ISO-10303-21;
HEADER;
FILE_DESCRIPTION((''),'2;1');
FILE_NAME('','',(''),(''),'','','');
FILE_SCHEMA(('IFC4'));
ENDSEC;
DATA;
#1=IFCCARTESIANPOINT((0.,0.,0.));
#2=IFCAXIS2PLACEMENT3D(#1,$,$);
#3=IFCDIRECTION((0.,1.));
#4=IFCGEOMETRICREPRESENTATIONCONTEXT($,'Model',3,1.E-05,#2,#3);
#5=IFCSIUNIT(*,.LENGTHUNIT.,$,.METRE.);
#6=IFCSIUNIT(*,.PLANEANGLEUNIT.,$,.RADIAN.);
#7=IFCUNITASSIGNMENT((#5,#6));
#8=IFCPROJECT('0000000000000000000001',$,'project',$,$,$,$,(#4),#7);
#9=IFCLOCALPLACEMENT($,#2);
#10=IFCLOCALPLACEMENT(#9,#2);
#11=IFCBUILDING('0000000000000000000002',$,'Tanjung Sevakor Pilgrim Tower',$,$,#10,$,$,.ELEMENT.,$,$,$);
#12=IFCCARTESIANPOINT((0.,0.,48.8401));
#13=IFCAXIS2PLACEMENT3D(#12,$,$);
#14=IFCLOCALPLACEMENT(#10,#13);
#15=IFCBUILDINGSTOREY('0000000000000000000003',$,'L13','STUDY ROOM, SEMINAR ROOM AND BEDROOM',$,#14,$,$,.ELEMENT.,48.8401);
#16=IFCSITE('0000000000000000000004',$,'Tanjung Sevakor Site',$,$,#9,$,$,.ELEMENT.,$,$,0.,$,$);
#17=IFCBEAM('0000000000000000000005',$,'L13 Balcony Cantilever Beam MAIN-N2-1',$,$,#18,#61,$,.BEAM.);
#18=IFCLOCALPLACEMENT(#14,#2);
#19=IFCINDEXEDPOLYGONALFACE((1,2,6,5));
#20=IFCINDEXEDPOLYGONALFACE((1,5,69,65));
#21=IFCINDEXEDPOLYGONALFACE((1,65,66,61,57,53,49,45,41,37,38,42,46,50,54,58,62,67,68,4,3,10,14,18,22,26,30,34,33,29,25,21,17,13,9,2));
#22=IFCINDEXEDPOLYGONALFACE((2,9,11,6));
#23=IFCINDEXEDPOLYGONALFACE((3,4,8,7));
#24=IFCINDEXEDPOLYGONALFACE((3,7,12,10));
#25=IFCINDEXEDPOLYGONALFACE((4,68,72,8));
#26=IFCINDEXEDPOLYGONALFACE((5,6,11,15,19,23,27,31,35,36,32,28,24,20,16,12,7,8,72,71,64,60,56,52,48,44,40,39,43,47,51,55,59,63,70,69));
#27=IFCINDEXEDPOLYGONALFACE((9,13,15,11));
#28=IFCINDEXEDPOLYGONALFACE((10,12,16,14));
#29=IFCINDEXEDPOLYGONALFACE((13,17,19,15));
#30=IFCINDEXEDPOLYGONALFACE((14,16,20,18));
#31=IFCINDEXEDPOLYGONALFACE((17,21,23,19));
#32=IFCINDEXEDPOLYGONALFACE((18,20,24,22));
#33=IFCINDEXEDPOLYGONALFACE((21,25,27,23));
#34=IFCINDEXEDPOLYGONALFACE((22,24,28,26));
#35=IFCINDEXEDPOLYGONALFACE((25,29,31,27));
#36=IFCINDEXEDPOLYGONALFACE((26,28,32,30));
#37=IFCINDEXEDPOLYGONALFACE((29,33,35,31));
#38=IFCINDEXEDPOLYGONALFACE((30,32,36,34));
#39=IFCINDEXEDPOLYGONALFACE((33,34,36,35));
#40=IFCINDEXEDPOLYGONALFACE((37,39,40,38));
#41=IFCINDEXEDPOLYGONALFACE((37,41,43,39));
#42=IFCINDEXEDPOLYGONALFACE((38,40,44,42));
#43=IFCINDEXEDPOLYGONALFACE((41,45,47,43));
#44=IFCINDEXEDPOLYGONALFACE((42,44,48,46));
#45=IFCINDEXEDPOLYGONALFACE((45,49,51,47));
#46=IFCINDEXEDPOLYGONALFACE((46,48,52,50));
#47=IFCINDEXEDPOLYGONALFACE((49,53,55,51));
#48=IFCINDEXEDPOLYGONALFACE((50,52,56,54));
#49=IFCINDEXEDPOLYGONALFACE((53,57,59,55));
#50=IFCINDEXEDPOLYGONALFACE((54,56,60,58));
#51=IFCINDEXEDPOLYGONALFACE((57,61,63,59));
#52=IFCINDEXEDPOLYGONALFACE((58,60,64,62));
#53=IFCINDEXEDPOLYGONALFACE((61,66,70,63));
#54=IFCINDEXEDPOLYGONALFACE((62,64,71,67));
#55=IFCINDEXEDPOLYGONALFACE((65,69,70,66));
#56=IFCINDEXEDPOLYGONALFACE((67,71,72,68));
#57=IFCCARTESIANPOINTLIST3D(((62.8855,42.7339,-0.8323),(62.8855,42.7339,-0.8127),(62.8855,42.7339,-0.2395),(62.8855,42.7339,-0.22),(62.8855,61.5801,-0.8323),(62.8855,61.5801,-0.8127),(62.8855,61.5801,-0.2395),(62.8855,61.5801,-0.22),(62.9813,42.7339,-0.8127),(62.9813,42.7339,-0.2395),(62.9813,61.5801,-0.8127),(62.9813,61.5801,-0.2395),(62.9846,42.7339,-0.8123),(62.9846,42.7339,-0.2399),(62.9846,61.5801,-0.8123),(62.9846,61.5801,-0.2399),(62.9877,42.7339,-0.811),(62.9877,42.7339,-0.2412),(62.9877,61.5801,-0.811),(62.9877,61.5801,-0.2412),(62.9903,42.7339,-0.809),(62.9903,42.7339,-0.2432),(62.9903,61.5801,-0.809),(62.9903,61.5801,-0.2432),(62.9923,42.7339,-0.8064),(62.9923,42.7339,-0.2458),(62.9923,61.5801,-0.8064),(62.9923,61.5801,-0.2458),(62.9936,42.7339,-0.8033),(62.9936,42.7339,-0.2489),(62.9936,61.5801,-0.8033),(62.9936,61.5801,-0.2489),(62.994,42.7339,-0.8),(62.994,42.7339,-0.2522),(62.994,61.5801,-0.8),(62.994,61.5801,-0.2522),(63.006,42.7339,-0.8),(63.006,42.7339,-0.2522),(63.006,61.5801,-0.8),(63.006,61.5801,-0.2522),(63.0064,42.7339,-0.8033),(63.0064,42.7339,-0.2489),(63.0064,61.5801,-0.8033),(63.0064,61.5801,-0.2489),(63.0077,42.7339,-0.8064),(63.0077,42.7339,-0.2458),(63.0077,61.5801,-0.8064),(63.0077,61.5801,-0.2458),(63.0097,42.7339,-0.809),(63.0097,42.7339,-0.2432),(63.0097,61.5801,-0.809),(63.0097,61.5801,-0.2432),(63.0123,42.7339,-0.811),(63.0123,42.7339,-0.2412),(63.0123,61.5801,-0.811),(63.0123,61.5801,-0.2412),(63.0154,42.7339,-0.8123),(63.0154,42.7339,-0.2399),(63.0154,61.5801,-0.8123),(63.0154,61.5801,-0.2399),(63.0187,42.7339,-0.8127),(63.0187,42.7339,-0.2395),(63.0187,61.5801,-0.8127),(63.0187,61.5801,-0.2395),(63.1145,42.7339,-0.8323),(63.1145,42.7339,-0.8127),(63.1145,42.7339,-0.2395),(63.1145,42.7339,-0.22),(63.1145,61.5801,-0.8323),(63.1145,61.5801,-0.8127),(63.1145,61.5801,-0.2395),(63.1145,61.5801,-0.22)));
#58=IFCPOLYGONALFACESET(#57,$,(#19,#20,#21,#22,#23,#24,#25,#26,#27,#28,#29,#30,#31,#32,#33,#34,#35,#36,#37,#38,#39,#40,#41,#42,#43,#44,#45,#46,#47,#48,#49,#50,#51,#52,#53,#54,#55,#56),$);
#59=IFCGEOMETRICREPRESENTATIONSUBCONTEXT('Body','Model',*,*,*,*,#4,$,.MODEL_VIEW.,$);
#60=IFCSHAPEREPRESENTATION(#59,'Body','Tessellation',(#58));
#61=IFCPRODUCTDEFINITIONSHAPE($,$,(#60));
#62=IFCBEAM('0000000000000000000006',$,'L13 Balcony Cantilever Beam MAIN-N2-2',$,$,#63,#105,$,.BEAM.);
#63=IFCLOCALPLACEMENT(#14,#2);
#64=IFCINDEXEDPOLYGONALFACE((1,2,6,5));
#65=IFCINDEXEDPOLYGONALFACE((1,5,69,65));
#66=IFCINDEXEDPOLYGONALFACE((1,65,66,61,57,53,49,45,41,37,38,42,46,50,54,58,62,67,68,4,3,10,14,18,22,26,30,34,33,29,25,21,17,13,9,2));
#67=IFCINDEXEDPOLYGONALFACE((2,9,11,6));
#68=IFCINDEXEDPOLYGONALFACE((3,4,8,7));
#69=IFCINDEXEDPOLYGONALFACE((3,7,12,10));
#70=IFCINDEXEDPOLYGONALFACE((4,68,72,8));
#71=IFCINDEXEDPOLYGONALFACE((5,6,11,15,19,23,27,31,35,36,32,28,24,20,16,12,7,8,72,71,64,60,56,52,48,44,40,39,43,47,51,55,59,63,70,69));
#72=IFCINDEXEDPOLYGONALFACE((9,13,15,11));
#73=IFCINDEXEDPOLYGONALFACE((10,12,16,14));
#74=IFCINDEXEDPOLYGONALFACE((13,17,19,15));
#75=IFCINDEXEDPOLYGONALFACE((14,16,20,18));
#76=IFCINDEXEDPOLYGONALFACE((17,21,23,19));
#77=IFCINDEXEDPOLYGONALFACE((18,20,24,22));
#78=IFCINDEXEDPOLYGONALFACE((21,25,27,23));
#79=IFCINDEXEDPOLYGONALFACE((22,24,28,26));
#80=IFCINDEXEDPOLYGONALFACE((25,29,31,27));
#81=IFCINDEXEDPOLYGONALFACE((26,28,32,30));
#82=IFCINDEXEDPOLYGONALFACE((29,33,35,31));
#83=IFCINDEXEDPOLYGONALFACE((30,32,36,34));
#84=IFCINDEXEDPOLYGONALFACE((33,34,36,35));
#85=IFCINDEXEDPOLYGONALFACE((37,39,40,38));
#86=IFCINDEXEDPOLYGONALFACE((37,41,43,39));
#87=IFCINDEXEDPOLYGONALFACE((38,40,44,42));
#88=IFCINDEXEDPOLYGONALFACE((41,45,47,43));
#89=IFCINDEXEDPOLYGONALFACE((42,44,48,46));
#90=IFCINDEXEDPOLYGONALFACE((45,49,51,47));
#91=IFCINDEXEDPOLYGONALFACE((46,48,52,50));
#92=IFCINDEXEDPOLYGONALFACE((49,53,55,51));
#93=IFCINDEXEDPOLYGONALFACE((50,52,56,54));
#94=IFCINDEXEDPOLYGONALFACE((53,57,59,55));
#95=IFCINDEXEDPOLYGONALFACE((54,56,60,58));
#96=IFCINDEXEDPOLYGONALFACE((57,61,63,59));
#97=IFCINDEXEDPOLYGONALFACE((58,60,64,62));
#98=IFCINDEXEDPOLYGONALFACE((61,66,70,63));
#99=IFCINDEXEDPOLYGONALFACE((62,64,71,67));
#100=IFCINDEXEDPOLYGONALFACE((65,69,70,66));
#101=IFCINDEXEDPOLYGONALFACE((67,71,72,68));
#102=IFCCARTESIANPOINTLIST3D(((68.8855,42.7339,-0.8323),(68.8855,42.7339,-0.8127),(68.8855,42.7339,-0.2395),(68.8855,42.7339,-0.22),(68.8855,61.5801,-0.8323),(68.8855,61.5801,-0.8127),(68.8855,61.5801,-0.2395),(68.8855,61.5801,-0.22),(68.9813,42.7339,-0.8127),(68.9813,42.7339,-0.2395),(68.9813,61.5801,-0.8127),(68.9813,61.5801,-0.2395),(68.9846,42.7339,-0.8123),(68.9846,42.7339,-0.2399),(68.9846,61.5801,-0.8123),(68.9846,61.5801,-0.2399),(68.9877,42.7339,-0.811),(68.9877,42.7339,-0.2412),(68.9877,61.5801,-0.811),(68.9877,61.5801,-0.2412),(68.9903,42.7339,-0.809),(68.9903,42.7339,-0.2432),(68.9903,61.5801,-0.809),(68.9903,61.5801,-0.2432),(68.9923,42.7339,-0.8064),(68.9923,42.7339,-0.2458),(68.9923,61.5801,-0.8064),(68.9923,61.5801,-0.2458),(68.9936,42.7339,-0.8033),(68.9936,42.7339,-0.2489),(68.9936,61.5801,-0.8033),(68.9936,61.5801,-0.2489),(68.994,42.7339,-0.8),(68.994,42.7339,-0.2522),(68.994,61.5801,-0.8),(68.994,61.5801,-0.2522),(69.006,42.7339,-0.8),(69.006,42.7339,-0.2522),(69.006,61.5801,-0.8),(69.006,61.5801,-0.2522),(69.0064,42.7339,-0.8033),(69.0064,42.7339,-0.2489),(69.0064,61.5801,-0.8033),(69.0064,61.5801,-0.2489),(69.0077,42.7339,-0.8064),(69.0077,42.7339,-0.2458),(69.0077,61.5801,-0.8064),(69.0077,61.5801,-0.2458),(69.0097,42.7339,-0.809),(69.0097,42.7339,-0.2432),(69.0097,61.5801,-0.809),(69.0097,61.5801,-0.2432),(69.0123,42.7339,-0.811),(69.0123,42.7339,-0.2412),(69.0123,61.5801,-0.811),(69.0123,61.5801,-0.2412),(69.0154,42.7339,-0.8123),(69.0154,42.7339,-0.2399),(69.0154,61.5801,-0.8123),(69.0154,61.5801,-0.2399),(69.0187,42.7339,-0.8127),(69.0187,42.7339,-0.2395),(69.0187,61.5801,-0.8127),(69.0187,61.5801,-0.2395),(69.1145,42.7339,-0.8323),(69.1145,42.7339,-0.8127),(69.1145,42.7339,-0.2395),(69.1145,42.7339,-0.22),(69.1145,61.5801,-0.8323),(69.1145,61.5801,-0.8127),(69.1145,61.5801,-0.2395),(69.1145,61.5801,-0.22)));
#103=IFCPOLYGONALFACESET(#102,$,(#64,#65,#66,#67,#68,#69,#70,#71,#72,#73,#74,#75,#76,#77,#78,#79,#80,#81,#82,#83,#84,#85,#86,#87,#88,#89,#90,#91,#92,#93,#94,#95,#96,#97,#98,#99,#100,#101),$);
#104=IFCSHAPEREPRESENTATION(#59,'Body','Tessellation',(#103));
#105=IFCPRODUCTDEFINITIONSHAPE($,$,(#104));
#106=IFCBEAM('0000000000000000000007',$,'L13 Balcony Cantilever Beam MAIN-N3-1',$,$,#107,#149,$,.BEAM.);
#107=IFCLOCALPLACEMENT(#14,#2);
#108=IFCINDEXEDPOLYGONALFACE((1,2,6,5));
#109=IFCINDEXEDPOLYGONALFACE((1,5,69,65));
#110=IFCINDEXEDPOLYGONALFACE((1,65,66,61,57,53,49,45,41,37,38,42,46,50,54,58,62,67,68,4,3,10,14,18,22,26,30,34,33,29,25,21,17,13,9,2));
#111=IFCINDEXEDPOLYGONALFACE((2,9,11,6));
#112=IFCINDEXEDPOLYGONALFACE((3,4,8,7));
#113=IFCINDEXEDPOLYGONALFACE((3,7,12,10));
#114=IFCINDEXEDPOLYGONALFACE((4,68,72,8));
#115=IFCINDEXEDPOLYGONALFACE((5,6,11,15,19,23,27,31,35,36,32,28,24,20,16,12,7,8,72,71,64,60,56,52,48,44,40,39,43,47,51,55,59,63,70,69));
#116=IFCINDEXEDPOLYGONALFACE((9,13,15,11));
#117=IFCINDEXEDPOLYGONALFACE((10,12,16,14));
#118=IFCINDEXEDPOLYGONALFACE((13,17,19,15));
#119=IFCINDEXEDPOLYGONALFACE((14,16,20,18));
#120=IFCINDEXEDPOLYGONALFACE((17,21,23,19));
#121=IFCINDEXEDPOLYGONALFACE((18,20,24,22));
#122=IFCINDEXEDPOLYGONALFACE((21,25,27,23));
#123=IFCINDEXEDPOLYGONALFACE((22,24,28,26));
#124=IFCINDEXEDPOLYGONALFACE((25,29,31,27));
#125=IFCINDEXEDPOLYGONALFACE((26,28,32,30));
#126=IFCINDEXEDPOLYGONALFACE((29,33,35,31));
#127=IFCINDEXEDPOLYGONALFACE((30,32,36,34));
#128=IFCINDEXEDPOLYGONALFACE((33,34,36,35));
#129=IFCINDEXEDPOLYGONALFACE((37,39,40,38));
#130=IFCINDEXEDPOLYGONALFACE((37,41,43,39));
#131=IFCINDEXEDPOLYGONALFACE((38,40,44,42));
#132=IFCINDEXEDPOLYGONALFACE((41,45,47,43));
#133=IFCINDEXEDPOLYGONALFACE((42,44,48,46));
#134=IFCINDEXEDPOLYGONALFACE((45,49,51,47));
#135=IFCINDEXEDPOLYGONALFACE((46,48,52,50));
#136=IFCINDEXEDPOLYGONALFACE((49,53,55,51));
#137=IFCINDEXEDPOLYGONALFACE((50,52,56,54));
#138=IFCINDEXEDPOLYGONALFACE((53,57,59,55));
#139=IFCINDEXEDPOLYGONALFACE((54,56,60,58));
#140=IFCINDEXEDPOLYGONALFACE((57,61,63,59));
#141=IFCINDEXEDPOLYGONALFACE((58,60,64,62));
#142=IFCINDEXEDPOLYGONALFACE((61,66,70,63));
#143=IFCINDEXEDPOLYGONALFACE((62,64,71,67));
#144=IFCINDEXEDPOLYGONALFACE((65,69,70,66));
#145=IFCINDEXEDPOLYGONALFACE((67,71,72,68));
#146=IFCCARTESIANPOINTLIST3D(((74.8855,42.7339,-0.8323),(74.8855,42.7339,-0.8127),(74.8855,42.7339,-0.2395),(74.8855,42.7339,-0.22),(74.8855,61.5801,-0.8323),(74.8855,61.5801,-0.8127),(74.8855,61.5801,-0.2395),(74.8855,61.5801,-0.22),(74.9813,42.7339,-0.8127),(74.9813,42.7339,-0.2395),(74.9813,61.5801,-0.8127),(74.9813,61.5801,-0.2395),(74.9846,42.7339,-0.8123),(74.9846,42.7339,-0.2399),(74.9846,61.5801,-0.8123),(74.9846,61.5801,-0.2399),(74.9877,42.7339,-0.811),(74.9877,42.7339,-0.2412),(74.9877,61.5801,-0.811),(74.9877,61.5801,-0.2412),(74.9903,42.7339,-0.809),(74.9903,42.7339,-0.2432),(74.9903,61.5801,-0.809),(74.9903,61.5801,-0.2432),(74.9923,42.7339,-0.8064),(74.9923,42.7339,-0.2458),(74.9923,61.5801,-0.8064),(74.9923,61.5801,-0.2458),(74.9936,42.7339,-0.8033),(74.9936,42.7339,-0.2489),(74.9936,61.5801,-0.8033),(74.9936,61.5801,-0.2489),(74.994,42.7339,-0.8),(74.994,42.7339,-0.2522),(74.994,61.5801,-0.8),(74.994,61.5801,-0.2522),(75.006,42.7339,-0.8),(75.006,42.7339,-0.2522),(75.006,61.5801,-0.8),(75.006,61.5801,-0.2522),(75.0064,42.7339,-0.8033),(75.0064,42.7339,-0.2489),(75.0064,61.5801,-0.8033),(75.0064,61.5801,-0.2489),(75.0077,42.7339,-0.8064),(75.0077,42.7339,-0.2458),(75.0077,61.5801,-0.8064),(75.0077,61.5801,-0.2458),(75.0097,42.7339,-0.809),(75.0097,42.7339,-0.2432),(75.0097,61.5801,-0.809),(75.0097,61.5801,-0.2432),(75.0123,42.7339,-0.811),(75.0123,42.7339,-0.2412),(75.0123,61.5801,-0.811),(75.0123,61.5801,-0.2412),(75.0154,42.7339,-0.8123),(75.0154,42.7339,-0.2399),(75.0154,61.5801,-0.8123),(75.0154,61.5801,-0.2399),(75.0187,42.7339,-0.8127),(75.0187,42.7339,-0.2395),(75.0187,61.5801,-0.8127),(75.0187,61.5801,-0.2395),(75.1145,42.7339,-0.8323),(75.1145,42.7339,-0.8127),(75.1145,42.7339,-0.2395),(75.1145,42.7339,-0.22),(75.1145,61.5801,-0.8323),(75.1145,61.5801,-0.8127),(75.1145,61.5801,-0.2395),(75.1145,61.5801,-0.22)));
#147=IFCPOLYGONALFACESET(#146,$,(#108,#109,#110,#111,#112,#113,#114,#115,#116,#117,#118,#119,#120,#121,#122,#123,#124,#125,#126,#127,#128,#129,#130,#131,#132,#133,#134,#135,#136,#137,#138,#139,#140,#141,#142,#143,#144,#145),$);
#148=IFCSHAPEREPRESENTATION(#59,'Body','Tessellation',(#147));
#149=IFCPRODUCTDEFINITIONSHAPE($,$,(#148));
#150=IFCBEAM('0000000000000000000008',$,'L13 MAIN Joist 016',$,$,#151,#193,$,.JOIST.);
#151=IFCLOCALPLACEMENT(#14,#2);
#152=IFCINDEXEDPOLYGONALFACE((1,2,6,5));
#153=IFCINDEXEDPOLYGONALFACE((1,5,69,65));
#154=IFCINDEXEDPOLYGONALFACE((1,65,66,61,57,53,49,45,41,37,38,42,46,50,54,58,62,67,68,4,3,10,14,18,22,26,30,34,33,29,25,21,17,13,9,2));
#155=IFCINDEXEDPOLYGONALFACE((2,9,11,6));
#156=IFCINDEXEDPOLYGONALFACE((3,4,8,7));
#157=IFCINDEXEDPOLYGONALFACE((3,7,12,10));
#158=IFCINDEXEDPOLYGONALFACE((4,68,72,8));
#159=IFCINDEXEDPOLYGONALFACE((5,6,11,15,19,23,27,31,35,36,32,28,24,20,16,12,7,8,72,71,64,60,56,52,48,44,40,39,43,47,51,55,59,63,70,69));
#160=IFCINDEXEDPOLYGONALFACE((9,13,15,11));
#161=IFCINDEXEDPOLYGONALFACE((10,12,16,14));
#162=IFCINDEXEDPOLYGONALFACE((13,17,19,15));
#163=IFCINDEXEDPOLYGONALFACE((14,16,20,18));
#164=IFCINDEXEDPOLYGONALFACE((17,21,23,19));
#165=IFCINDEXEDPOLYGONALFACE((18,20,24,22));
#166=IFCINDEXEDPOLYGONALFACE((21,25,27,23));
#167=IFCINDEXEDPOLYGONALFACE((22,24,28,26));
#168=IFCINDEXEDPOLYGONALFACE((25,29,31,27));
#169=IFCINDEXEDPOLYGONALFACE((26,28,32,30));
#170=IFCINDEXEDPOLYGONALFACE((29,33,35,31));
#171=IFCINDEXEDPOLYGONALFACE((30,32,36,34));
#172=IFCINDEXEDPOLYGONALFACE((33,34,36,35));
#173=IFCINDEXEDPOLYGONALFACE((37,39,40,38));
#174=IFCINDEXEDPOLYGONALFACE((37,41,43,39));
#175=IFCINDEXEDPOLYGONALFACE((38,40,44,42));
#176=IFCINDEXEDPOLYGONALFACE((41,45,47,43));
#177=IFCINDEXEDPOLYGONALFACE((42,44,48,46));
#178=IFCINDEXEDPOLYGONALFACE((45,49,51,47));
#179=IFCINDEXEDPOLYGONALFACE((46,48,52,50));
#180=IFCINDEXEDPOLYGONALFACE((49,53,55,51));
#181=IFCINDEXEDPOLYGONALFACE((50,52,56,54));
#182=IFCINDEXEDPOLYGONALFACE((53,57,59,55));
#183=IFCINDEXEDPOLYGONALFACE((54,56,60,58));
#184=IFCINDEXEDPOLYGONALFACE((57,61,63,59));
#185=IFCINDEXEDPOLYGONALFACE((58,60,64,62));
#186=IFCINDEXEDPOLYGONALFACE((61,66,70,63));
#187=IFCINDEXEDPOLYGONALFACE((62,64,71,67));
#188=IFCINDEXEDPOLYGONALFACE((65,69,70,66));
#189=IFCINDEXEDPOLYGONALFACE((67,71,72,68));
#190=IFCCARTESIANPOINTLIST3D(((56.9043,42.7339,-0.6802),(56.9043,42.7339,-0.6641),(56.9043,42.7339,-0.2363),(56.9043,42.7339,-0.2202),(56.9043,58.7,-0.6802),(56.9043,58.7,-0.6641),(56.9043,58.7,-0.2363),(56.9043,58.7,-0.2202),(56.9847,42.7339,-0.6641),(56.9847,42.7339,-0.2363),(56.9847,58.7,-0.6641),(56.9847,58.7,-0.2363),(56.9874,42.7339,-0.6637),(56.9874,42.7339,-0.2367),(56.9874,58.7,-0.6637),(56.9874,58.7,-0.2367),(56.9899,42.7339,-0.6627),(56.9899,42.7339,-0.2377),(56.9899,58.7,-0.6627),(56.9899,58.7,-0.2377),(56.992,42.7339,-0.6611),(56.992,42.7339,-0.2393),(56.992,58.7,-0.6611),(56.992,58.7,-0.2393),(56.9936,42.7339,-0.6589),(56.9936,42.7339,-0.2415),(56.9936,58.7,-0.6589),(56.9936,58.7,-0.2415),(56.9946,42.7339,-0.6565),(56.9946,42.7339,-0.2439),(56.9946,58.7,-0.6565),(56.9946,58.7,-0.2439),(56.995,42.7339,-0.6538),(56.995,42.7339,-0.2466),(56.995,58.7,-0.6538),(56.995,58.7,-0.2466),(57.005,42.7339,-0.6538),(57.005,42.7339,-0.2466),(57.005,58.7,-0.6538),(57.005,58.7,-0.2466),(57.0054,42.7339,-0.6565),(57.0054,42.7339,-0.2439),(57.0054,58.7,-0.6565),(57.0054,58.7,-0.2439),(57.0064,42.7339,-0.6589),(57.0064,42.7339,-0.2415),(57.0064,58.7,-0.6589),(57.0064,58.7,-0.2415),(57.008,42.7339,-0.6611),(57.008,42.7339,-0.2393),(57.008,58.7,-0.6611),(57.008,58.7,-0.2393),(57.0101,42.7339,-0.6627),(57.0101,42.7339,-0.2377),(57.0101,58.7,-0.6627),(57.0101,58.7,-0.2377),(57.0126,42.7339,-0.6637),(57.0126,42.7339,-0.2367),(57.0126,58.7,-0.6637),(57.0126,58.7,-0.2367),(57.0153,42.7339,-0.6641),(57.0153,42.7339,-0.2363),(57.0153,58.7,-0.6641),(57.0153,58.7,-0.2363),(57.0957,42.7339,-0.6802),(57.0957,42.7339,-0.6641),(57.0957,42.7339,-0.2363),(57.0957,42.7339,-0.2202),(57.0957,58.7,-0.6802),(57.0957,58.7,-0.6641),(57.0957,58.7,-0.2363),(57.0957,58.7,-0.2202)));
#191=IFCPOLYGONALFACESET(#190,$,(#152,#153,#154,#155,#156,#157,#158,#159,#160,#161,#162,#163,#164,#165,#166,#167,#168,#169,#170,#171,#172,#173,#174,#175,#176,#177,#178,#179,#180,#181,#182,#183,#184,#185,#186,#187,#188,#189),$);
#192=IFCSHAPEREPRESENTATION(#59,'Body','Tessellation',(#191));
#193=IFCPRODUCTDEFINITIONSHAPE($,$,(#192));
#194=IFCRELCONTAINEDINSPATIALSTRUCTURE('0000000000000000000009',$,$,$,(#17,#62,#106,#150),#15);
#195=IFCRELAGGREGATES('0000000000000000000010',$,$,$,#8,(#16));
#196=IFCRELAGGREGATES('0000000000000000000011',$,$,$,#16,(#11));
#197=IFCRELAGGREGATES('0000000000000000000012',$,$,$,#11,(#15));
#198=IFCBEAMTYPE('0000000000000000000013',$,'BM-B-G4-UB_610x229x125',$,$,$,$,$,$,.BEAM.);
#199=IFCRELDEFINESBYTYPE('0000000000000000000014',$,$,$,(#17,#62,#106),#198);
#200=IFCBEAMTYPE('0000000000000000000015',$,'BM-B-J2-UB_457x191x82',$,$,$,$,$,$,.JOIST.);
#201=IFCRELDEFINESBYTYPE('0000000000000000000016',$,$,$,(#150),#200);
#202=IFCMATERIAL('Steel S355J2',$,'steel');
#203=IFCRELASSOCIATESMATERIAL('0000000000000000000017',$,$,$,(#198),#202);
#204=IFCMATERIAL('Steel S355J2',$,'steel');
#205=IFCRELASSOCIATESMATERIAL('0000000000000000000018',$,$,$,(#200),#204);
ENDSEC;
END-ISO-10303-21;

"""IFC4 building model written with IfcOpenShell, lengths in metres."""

from ifc_helpers import new_model, si_unit, direction, frame, origin, origin_2d, place, context, subcontext, project, spatial, i_section, extrude, material, material_profile, profile_set, type_object, element, save


model = new_model("IFC4")

# Units and contexts
model_context = context("Model", 3, precision=1e-05, world=origin(), true_north=direction((0.0, 1.0)))
body_context = subcontext(model_context, "Body", "Model", "MODEL_VIEW")
ifc_project = project(units=[si_unit("LENGTHUNIT", "METRE"), si_unit("PLANEANGLEUNIT", "RADIAN")], contexts=[model_context])

# Site, building, storey
site_placement = place(None, origin())
site = spatial("IfcSite", under=ifc_project, at=site_placement, Name="Tanjung Sevakor Site", CompositionType="ELEMENT", RefElevation=0.0)
building_placement = place(site_placement, origin())
building = spatial("IfcBuilding", under=site, at=building_placement, Name="Tanjung Sevakor Pilgrim Tower", CompositionType="ELEMENT")
storey_placement = place(building_placement, frame((0.0, 0.0, 48.8401)))
storey = spatial("IfcBuildingStorey", under=building, at=storey_placement, Name="L13", Description="STUDY ROOM, SEMINAR ROOM AND BEDROOM", CompositionType="ELEMENT", Elevation=48.8401)

# Beams
ifc_material_1 = material(Name="Steel S355J2", Category="steel")
ifc_material_profile_1 = material_profile(ifc_material_1, i_section(OverallWidth=0.229, OverallDepth=0.6123, WebThickness=0.012, FlangeThickness=0.0195, FilletRadius=0.0127, at=origin_2d()))
ifc_profile_set_1 = profile_set([ifc_material_profile_1], Name="Steel S355J2")
beam_type_1 = type_object("IfcBeamType", Name="BM-B-G4-UB_610x229x125", PredefinedType="BEAM", material=ifc_profile_set_1)
for number, where, z_axis, x_axis, name in (
    (1, (63.0, 42.7339, -0.5261), (0.0, 1.0, 0.0), (-1.0, 0.0, 0.0), "L13 Balcony Cantilever Beam MAIN-N2-1"),
    (2, (69.0, 42.7339, -0.5261), (0.0, 1.0, 0.0), (-1.0, 0.0, 0.0), "L13 Balcony Cantilever Beam MAIN-N2-2"),
    (3, (75.0, 42.7339, -0.5261), (0.0, 1.0, 0.0), (-1.0, 0.0, 0.0), "L13 Balcony Cantilever Beam MAIN-N3-1"),
):
    element("IfcBeam", number, at=place(storey_placement, frame(where, z_axis=z_axis, x_axis=x_axis)), inside=storey, type_object=beam_type_1, Name=name, PredefinedType="BEAM", context=body_context, shape_type="SweptSolid", body=[
        extrude(i_section(OverallWidth=0.229, OverallDepth=0.6123, WebThickness=0.012, FlangeThickness=0.0195, FilletRadius=0.0127, at=origin_2d()), origin(), (0.0, 0.0, 1.0), 18.8462),
    ])
ifc_material_2 = material(Name="Steel S355J2", Category="steel")
ifc_material_profile_2 = material_profile(ifc_material_2, i_section(OverallWidth=0.1914, OverallDepth=0.46, WebThickness=0.01, FlangeThickness=0.0161, FilletRadius=0.0103, at=origin_2d()))
ifc_profile_set_2 = profile_set([ifc_material_profile_2], Name="Steel S355J2")
beam_type_2 = type_object("IfcBeamType", Name="BM-B-J2-UB_457x191x82", PredefinedType="JOIST", material=ifc_profile_set_2)
for number, where, z_axis, x_axis, name in (
    (4, (57.0, 42.7339, -0.4502), (0.0, 1.0, 0.0), (-1.0, 0.0, 0.0), "L13 MAIN Joist 016"),
):
    element("IfcBeam", number, at=place(storey_placement, frame(where, z_axis=z_axis, x_axis=x_axis)), inside=storey, type_object=beam_type_2, Name=name, PredefinedType="JOIST", context=body_context, shape_type="SweptSolid", body=[
        extrude(i_section(OverallWidth=0.1914, OverallDepth=0.46, WebThickness=0.01, FlangeThickness=0.0161, FilletRadius=0.0103, at=origin_2d()), origin(), (0.0, 0.0, 1.0), 15.9661),
    ])

save(model, "model.ifc")
